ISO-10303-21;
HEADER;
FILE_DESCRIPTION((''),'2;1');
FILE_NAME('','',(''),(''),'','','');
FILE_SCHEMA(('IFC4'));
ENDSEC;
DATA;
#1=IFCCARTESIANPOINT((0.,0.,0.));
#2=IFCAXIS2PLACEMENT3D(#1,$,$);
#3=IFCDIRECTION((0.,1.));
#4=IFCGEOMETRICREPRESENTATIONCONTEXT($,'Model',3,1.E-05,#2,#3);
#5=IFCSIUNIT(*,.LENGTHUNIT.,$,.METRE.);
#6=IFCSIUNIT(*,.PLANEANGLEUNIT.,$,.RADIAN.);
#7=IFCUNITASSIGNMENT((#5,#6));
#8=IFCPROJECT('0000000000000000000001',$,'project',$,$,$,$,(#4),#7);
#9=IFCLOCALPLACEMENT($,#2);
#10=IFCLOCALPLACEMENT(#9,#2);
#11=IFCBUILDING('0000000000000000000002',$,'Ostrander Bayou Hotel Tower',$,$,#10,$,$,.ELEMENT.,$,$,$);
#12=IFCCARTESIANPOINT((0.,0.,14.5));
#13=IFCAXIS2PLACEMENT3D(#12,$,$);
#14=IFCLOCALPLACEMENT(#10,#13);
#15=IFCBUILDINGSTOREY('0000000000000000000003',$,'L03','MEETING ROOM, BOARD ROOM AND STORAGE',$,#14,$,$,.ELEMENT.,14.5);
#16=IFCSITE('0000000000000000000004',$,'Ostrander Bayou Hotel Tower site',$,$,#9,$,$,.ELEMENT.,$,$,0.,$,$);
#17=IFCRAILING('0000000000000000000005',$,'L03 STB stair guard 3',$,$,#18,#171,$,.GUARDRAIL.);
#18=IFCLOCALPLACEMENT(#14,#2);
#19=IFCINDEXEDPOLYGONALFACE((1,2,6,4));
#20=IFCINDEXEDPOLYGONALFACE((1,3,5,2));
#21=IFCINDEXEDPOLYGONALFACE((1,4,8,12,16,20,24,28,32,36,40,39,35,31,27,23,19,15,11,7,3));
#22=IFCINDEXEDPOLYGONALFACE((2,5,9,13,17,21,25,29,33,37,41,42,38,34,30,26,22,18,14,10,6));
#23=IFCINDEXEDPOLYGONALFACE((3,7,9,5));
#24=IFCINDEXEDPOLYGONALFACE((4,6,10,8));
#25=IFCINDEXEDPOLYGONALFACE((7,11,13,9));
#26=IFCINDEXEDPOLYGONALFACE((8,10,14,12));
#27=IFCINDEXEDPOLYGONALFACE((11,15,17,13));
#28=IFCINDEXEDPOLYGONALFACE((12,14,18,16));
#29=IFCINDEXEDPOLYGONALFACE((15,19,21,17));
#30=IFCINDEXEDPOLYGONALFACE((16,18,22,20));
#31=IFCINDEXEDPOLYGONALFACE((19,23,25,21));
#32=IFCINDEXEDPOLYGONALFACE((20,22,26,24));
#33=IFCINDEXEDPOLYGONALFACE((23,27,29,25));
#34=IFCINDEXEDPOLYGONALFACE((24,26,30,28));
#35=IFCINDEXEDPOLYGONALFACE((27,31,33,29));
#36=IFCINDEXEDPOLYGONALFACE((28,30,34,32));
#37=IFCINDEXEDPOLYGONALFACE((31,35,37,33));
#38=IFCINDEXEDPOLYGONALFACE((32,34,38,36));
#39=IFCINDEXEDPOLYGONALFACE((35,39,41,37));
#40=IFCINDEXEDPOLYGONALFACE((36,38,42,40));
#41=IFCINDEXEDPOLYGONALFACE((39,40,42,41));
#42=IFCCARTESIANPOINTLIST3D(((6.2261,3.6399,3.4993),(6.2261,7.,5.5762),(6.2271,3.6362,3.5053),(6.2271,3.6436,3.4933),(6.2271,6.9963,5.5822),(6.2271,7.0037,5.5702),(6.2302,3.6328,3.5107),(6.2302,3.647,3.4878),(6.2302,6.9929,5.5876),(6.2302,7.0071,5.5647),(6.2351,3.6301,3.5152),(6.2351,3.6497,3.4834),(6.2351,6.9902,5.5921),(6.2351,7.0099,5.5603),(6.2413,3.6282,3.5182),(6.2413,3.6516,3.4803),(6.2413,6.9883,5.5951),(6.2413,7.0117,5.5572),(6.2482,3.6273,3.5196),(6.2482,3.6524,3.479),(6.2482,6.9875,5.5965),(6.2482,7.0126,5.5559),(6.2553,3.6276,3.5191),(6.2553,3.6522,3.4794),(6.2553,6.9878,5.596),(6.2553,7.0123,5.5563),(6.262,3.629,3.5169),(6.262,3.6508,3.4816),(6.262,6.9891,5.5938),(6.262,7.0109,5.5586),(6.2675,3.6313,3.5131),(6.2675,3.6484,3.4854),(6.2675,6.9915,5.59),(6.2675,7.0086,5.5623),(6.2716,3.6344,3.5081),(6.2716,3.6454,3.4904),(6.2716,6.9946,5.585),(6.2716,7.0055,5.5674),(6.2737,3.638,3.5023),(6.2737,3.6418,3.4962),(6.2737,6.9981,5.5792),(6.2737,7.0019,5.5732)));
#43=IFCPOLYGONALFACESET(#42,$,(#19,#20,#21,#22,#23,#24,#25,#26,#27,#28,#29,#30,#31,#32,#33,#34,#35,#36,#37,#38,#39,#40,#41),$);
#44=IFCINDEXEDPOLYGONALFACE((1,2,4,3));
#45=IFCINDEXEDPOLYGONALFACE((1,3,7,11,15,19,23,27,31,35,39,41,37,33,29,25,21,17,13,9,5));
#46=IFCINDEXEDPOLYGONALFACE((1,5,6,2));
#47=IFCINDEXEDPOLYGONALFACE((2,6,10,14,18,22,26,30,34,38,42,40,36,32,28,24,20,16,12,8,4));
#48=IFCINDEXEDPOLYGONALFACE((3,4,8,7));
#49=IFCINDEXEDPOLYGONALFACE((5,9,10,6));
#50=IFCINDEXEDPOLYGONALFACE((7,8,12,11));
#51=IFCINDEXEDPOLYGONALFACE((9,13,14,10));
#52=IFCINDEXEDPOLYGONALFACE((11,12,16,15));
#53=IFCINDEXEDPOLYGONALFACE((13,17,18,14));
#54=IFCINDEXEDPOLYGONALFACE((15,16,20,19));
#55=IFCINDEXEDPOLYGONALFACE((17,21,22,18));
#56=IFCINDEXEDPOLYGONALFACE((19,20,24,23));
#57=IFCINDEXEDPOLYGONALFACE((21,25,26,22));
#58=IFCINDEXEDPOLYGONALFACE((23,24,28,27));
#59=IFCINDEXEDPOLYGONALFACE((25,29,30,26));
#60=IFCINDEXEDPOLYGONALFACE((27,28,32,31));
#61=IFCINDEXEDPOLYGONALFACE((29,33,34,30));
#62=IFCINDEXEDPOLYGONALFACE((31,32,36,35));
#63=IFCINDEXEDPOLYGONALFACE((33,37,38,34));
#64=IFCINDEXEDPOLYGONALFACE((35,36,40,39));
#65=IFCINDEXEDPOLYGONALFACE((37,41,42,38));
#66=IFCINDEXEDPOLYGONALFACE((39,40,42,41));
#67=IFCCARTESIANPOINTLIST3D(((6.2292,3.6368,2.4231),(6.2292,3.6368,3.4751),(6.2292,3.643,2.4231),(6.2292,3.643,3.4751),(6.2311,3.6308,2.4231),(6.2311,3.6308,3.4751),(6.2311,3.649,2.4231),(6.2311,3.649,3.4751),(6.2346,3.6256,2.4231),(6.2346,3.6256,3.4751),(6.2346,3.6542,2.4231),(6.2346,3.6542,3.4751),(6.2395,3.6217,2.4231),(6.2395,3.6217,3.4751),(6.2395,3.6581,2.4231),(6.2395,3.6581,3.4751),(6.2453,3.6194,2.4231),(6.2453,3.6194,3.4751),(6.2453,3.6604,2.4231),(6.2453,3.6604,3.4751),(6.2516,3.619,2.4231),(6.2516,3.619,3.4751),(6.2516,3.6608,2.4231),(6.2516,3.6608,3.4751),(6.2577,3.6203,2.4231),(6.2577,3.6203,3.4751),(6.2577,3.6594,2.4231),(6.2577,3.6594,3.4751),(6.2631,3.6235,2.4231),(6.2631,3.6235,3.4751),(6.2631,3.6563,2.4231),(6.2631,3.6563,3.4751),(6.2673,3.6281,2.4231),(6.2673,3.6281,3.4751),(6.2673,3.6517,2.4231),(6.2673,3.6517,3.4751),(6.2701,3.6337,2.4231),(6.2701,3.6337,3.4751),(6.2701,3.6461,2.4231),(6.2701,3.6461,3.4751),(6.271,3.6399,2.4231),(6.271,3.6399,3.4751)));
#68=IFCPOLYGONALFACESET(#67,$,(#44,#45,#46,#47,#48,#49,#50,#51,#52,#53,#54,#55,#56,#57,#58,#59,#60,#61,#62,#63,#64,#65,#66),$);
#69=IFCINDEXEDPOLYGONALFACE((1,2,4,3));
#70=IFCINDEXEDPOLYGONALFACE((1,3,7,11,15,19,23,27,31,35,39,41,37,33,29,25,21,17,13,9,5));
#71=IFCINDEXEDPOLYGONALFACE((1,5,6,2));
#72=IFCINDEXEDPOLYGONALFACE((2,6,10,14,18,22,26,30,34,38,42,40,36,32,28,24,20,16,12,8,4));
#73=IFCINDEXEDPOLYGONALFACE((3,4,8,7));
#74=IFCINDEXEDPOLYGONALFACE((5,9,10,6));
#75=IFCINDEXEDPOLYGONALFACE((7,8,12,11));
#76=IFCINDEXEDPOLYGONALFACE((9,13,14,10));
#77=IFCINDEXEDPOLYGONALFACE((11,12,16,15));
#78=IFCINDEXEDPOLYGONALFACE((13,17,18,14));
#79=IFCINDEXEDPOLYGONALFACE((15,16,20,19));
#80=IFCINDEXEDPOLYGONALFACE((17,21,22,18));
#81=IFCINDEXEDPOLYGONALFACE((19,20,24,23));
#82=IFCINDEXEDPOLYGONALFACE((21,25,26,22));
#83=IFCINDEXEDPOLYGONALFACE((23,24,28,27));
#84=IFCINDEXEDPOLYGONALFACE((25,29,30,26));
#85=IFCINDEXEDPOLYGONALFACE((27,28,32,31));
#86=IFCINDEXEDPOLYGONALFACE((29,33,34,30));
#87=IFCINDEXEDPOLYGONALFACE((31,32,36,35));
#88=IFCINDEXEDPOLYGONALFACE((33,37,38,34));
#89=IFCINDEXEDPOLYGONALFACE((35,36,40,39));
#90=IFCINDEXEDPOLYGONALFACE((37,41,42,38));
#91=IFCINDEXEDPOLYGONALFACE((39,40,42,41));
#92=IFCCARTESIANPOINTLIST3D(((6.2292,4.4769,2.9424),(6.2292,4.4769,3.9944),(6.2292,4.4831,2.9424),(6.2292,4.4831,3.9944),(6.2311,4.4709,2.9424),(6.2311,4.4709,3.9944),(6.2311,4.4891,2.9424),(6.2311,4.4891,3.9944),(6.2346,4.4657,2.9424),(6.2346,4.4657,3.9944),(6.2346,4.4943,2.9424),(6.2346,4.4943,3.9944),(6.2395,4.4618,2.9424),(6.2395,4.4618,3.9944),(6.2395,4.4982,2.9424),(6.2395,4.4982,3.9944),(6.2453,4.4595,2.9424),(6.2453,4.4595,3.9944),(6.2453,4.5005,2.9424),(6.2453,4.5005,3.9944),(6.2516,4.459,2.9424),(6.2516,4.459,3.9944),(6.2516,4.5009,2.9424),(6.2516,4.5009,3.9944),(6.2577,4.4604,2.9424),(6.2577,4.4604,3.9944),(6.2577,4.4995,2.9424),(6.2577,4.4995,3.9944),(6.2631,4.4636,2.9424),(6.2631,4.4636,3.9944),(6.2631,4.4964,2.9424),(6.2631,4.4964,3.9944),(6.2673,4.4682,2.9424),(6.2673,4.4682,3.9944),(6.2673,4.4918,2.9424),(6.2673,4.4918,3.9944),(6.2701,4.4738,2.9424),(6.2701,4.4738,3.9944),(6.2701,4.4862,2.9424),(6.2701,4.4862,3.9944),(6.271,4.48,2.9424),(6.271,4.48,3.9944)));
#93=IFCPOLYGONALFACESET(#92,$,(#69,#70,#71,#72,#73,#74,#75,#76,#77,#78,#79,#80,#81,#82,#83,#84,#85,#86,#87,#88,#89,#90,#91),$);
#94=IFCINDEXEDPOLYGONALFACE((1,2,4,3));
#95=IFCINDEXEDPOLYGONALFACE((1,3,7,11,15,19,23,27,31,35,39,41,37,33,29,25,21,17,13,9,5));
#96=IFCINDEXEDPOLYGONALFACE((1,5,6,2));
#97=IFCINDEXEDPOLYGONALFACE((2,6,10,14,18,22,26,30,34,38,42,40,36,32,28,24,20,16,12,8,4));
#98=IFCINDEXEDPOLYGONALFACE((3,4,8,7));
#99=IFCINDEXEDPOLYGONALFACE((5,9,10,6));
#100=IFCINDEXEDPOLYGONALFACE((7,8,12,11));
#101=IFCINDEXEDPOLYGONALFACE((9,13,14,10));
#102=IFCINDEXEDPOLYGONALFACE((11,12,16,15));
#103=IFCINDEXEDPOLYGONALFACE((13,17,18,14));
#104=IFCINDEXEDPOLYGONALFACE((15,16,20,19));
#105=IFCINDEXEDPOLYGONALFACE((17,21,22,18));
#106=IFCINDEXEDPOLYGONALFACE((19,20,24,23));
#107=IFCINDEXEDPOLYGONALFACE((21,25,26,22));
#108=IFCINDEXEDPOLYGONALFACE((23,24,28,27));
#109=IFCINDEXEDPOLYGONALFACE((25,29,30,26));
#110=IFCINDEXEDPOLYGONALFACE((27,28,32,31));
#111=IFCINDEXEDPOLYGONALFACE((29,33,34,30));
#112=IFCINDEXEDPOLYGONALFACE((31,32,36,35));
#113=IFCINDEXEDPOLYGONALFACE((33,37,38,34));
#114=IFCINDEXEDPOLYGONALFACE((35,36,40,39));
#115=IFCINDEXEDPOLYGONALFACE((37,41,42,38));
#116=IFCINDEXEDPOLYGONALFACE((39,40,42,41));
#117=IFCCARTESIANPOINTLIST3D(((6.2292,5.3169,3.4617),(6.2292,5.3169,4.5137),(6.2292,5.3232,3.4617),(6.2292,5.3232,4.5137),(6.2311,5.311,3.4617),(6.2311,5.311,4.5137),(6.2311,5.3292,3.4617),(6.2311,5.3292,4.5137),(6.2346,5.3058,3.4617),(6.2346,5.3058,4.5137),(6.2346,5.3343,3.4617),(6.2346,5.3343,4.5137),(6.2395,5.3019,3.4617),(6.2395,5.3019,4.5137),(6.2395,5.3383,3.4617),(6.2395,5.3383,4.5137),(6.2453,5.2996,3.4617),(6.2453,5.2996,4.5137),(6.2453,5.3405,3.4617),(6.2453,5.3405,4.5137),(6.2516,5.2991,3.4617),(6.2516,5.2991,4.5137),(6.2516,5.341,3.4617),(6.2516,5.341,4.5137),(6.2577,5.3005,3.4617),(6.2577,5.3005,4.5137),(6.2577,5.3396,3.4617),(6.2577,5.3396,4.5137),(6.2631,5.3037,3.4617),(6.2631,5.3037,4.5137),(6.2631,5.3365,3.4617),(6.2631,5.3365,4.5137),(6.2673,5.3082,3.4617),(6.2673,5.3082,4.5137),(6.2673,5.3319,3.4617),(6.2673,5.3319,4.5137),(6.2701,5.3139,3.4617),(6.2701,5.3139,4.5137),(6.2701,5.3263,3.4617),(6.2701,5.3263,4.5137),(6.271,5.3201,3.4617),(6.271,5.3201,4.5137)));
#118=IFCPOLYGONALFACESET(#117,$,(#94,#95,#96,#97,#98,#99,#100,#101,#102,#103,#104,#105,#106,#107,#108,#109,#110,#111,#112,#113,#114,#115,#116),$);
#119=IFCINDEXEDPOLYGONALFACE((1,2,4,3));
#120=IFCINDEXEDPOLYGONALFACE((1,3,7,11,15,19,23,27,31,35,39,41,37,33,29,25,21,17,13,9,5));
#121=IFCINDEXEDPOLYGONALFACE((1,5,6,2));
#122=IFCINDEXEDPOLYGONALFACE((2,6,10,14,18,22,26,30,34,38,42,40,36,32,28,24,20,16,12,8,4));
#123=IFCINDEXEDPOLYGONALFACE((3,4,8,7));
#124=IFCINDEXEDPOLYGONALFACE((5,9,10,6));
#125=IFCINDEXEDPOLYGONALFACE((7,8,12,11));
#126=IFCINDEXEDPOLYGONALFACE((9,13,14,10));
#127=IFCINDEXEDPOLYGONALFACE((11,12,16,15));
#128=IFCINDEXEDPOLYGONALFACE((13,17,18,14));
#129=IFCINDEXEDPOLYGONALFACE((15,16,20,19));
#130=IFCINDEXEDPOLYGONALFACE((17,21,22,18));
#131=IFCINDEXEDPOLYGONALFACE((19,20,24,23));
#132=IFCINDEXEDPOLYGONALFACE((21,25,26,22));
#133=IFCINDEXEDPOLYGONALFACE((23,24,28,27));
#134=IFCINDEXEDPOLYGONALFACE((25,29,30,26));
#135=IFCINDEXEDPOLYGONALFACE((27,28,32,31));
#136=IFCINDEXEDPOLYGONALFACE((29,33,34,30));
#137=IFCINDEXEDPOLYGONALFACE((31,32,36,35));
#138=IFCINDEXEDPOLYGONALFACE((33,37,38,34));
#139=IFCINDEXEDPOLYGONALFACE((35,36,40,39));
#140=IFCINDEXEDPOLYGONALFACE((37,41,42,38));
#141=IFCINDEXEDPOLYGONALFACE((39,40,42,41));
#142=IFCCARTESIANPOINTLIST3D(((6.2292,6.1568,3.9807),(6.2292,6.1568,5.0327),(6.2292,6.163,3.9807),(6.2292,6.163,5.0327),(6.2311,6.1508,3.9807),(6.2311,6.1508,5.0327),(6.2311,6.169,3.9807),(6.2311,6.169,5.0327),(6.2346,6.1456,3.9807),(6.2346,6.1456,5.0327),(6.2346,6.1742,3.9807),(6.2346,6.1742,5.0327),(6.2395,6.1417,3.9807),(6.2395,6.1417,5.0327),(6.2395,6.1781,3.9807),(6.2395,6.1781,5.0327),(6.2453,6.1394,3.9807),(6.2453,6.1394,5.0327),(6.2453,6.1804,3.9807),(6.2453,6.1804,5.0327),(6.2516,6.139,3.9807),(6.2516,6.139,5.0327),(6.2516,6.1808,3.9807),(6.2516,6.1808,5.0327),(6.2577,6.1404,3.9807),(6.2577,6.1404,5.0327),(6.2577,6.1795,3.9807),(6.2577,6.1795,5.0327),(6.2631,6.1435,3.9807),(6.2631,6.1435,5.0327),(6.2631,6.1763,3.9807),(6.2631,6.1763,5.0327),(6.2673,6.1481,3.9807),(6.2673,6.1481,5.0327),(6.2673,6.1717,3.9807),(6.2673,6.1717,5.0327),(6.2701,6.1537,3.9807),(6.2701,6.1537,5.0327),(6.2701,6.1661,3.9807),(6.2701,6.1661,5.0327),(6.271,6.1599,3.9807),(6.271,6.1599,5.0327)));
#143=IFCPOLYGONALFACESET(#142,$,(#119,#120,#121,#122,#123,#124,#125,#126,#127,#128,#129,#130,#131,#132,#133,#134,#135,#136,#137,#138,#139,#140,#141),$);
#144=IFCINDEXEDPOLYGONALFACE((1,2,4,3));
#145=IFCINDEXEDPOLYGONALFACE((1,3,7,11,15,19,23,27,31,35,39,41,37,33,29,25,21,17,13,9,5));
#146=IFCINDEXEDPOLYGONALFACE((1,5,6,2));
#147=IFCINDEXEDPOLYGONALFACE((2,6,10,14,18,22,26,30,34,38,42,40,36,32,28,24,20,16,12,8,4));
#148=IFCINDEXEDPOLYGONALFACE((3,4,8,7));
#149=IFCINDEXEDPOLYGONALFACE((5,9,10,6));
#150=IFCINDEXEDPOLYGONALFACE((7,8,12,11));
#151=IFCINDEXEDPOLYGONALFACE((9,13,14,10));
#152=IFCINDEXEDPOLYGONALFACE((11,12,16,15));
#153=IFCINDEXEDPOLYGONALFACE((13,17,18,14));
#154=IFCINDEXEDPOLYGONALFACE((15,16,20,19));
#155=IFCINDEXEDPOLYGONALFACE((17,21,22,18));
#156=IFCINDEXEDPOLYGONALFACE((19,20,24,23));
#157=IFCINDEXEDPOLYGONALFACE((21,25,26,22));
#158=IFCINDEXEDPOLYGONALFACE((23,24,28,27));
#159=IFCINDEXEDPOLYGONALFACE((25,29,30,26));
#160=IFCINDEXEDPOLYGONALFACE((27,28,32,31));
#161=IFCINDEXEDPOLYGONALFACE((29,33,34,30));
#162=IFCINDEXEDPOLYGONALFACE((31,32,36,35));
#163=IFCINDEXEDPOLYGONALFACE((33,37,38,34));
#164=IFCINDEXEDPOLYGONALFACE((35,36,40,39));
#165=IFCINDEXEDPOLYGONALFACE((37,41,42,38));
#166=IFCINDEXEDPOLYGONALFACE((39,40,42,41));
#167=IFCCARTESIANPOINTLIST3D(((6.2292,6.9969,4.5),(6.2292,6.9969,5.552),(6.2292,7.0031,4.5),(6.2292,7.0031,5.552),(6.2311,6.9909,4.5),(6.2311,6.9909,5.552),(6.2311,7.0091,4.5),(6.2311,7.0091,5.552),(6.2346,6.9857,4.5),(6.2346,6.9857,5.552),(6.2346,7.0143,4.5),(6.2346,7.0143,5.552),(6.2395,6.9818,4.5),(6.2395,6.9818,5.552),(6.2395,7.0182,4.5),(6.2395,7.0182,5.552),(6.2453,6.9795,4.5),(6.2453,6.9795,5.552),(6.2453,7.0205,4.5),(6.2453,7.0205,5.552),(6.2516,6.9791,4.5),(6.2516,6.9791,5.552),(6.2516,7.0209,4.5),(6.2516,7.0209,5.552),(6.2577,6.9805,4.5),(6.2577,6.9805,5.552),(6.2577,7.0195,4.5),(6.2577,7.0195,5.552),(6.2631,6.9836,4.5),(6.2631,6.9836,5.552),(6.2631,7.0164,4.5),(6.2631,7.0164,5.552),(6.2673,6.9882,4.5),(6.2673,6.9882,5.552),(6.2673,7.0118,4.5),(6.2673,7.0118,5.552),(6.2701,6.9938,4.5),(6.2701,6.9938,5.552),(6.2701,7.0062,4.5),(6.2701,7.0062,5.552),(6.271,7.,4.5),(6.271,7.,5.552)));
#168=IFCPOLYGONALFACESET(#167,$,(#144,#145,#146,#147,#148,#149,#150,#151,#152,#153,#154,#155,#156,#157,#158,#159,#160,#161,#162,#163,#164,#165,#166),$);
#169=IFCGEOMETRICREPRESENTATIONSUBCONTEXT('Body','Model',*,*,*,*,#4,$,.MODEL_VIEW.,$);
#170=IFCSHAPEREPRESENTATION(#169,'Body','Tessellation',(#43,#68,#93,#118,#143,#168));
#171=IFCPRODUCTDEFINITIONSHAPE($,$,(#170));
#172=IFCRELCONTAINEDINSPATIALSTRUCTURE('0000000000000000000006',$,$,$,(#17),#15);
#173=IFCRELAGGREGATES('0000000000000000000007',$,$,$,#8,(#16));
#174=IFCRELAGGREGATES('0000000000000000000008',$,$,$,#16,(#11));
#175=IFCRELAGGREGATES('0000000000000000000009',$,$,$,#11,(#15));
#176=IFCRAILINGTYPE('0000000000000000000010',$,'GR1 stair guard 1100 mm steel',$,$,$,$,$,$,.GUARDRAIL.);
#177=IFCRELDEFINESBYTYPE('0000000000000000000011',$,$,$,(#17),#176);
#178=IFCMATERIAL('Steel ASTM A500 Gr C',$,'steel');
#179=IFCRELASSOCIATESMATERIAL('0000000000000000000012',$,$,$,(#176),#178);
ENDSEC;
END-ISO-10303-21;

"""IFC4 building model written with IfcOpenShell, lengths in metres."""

from ifc_helpers import new_model, si_unit, direction, frame, origin, origin_2d, place, context, subcontext, project, spatial, circle, extrude, material, type_object, element, save


model = new_model("IFC4")

# Units and contexts
model_context = context("Model", 3, precision=1e-05, world=origin(), true_north=direction((0.0, 1.0)))
body_context = subcontext(model_context, "Body", "Model", "MODEL_VIEW")
ifc_project = project(units=[si_unit("LENGTHUNIT", "METRE"), si_unit("PLANEANGLEUNIT", "RADIAN")], contexts=[model_context])

# Site, building, storey
site_placement = place(None, origin())
site = spatial("IfcSite", under=ifc_project, at=site_placement, Name="Ostrander Bayou Hotel Tower site", CompositionType="ELEMENT", RefElevation=0.0)
building_placement = place(site_placement, origin())
building = spatial("IfcBuilding", under=site, at=building_placement, Name="Ostrander Bayou Hotel Tower", CompositionType="ELEMENT")
storey_placement = place(building_placement, frame((0.0, 0.0, 14.5)))
storey = spatial("IfcBuildingStorey", under=building, at=storey_placement, Name="L03", Description="MEETING ROOM, BOARD ROOM AND STORAGE", CompositionType="ELEMENT", Elevation=14.5)

# Railing
ifc_material_1 = material(Name="Steel ASTM A500 Gr C", Category="steel")
railing_type_1 = type_object("IfcRailingType", Name="GR1 stair guard 1100 mm steel", PredefinedType="GUARDRAIL", material=ifc_material_1)
railing_1_placement = place(storey_placement, frame((6.25, 3.6399, 2.4231)))
element("IfcRailing", 1, at=railing_1_placement, inside=storey, type_object=railing_type_1, Name="L03 STB stair guard 3", PredefinedType="GUARDRAIL", context=body_context, shape_type="SweptSolid", body=[
    extrude(circle(Radius=0.0239, at=origin_2d()), frame((0.0, 0.0, 1.0762), z_axis=(0.0, 0.850623, 0.525776), x_axis=(-1.0, 0.0, 0.0)), (0.0, 0.0, 1.0), 3.9502),
    extrude(circle(Radius=0.021, at=origin_2d()), origin(), (0.0, 0.0, 1.0), 1.052),
    extrude(circle(Radius=0.021, at=origin_2d()), frame((0.0, 0.8401, 0.5193)), (0.0, 0.0, 1.0), 1.052),
    extrude(circle(Radius=0.021, at=origin_2d()), frame((0.0, 1.6802, 1.0386)), (0.0, 0.0, 1.0), 1.052),
    extrude(circle(Radius=0.021, at=origin_2d()), frame((0.0, 2.52, 1.5576)), (0.0, 0.0, 1.0), 1.052),
    extrude(circle(Radius=0.021, at=origin_2d()), frame((0.0, 3.3601, 2.0769)), (0.0, 0.0, 1.0), 1.052),
])

save(model, "model.ifc")
